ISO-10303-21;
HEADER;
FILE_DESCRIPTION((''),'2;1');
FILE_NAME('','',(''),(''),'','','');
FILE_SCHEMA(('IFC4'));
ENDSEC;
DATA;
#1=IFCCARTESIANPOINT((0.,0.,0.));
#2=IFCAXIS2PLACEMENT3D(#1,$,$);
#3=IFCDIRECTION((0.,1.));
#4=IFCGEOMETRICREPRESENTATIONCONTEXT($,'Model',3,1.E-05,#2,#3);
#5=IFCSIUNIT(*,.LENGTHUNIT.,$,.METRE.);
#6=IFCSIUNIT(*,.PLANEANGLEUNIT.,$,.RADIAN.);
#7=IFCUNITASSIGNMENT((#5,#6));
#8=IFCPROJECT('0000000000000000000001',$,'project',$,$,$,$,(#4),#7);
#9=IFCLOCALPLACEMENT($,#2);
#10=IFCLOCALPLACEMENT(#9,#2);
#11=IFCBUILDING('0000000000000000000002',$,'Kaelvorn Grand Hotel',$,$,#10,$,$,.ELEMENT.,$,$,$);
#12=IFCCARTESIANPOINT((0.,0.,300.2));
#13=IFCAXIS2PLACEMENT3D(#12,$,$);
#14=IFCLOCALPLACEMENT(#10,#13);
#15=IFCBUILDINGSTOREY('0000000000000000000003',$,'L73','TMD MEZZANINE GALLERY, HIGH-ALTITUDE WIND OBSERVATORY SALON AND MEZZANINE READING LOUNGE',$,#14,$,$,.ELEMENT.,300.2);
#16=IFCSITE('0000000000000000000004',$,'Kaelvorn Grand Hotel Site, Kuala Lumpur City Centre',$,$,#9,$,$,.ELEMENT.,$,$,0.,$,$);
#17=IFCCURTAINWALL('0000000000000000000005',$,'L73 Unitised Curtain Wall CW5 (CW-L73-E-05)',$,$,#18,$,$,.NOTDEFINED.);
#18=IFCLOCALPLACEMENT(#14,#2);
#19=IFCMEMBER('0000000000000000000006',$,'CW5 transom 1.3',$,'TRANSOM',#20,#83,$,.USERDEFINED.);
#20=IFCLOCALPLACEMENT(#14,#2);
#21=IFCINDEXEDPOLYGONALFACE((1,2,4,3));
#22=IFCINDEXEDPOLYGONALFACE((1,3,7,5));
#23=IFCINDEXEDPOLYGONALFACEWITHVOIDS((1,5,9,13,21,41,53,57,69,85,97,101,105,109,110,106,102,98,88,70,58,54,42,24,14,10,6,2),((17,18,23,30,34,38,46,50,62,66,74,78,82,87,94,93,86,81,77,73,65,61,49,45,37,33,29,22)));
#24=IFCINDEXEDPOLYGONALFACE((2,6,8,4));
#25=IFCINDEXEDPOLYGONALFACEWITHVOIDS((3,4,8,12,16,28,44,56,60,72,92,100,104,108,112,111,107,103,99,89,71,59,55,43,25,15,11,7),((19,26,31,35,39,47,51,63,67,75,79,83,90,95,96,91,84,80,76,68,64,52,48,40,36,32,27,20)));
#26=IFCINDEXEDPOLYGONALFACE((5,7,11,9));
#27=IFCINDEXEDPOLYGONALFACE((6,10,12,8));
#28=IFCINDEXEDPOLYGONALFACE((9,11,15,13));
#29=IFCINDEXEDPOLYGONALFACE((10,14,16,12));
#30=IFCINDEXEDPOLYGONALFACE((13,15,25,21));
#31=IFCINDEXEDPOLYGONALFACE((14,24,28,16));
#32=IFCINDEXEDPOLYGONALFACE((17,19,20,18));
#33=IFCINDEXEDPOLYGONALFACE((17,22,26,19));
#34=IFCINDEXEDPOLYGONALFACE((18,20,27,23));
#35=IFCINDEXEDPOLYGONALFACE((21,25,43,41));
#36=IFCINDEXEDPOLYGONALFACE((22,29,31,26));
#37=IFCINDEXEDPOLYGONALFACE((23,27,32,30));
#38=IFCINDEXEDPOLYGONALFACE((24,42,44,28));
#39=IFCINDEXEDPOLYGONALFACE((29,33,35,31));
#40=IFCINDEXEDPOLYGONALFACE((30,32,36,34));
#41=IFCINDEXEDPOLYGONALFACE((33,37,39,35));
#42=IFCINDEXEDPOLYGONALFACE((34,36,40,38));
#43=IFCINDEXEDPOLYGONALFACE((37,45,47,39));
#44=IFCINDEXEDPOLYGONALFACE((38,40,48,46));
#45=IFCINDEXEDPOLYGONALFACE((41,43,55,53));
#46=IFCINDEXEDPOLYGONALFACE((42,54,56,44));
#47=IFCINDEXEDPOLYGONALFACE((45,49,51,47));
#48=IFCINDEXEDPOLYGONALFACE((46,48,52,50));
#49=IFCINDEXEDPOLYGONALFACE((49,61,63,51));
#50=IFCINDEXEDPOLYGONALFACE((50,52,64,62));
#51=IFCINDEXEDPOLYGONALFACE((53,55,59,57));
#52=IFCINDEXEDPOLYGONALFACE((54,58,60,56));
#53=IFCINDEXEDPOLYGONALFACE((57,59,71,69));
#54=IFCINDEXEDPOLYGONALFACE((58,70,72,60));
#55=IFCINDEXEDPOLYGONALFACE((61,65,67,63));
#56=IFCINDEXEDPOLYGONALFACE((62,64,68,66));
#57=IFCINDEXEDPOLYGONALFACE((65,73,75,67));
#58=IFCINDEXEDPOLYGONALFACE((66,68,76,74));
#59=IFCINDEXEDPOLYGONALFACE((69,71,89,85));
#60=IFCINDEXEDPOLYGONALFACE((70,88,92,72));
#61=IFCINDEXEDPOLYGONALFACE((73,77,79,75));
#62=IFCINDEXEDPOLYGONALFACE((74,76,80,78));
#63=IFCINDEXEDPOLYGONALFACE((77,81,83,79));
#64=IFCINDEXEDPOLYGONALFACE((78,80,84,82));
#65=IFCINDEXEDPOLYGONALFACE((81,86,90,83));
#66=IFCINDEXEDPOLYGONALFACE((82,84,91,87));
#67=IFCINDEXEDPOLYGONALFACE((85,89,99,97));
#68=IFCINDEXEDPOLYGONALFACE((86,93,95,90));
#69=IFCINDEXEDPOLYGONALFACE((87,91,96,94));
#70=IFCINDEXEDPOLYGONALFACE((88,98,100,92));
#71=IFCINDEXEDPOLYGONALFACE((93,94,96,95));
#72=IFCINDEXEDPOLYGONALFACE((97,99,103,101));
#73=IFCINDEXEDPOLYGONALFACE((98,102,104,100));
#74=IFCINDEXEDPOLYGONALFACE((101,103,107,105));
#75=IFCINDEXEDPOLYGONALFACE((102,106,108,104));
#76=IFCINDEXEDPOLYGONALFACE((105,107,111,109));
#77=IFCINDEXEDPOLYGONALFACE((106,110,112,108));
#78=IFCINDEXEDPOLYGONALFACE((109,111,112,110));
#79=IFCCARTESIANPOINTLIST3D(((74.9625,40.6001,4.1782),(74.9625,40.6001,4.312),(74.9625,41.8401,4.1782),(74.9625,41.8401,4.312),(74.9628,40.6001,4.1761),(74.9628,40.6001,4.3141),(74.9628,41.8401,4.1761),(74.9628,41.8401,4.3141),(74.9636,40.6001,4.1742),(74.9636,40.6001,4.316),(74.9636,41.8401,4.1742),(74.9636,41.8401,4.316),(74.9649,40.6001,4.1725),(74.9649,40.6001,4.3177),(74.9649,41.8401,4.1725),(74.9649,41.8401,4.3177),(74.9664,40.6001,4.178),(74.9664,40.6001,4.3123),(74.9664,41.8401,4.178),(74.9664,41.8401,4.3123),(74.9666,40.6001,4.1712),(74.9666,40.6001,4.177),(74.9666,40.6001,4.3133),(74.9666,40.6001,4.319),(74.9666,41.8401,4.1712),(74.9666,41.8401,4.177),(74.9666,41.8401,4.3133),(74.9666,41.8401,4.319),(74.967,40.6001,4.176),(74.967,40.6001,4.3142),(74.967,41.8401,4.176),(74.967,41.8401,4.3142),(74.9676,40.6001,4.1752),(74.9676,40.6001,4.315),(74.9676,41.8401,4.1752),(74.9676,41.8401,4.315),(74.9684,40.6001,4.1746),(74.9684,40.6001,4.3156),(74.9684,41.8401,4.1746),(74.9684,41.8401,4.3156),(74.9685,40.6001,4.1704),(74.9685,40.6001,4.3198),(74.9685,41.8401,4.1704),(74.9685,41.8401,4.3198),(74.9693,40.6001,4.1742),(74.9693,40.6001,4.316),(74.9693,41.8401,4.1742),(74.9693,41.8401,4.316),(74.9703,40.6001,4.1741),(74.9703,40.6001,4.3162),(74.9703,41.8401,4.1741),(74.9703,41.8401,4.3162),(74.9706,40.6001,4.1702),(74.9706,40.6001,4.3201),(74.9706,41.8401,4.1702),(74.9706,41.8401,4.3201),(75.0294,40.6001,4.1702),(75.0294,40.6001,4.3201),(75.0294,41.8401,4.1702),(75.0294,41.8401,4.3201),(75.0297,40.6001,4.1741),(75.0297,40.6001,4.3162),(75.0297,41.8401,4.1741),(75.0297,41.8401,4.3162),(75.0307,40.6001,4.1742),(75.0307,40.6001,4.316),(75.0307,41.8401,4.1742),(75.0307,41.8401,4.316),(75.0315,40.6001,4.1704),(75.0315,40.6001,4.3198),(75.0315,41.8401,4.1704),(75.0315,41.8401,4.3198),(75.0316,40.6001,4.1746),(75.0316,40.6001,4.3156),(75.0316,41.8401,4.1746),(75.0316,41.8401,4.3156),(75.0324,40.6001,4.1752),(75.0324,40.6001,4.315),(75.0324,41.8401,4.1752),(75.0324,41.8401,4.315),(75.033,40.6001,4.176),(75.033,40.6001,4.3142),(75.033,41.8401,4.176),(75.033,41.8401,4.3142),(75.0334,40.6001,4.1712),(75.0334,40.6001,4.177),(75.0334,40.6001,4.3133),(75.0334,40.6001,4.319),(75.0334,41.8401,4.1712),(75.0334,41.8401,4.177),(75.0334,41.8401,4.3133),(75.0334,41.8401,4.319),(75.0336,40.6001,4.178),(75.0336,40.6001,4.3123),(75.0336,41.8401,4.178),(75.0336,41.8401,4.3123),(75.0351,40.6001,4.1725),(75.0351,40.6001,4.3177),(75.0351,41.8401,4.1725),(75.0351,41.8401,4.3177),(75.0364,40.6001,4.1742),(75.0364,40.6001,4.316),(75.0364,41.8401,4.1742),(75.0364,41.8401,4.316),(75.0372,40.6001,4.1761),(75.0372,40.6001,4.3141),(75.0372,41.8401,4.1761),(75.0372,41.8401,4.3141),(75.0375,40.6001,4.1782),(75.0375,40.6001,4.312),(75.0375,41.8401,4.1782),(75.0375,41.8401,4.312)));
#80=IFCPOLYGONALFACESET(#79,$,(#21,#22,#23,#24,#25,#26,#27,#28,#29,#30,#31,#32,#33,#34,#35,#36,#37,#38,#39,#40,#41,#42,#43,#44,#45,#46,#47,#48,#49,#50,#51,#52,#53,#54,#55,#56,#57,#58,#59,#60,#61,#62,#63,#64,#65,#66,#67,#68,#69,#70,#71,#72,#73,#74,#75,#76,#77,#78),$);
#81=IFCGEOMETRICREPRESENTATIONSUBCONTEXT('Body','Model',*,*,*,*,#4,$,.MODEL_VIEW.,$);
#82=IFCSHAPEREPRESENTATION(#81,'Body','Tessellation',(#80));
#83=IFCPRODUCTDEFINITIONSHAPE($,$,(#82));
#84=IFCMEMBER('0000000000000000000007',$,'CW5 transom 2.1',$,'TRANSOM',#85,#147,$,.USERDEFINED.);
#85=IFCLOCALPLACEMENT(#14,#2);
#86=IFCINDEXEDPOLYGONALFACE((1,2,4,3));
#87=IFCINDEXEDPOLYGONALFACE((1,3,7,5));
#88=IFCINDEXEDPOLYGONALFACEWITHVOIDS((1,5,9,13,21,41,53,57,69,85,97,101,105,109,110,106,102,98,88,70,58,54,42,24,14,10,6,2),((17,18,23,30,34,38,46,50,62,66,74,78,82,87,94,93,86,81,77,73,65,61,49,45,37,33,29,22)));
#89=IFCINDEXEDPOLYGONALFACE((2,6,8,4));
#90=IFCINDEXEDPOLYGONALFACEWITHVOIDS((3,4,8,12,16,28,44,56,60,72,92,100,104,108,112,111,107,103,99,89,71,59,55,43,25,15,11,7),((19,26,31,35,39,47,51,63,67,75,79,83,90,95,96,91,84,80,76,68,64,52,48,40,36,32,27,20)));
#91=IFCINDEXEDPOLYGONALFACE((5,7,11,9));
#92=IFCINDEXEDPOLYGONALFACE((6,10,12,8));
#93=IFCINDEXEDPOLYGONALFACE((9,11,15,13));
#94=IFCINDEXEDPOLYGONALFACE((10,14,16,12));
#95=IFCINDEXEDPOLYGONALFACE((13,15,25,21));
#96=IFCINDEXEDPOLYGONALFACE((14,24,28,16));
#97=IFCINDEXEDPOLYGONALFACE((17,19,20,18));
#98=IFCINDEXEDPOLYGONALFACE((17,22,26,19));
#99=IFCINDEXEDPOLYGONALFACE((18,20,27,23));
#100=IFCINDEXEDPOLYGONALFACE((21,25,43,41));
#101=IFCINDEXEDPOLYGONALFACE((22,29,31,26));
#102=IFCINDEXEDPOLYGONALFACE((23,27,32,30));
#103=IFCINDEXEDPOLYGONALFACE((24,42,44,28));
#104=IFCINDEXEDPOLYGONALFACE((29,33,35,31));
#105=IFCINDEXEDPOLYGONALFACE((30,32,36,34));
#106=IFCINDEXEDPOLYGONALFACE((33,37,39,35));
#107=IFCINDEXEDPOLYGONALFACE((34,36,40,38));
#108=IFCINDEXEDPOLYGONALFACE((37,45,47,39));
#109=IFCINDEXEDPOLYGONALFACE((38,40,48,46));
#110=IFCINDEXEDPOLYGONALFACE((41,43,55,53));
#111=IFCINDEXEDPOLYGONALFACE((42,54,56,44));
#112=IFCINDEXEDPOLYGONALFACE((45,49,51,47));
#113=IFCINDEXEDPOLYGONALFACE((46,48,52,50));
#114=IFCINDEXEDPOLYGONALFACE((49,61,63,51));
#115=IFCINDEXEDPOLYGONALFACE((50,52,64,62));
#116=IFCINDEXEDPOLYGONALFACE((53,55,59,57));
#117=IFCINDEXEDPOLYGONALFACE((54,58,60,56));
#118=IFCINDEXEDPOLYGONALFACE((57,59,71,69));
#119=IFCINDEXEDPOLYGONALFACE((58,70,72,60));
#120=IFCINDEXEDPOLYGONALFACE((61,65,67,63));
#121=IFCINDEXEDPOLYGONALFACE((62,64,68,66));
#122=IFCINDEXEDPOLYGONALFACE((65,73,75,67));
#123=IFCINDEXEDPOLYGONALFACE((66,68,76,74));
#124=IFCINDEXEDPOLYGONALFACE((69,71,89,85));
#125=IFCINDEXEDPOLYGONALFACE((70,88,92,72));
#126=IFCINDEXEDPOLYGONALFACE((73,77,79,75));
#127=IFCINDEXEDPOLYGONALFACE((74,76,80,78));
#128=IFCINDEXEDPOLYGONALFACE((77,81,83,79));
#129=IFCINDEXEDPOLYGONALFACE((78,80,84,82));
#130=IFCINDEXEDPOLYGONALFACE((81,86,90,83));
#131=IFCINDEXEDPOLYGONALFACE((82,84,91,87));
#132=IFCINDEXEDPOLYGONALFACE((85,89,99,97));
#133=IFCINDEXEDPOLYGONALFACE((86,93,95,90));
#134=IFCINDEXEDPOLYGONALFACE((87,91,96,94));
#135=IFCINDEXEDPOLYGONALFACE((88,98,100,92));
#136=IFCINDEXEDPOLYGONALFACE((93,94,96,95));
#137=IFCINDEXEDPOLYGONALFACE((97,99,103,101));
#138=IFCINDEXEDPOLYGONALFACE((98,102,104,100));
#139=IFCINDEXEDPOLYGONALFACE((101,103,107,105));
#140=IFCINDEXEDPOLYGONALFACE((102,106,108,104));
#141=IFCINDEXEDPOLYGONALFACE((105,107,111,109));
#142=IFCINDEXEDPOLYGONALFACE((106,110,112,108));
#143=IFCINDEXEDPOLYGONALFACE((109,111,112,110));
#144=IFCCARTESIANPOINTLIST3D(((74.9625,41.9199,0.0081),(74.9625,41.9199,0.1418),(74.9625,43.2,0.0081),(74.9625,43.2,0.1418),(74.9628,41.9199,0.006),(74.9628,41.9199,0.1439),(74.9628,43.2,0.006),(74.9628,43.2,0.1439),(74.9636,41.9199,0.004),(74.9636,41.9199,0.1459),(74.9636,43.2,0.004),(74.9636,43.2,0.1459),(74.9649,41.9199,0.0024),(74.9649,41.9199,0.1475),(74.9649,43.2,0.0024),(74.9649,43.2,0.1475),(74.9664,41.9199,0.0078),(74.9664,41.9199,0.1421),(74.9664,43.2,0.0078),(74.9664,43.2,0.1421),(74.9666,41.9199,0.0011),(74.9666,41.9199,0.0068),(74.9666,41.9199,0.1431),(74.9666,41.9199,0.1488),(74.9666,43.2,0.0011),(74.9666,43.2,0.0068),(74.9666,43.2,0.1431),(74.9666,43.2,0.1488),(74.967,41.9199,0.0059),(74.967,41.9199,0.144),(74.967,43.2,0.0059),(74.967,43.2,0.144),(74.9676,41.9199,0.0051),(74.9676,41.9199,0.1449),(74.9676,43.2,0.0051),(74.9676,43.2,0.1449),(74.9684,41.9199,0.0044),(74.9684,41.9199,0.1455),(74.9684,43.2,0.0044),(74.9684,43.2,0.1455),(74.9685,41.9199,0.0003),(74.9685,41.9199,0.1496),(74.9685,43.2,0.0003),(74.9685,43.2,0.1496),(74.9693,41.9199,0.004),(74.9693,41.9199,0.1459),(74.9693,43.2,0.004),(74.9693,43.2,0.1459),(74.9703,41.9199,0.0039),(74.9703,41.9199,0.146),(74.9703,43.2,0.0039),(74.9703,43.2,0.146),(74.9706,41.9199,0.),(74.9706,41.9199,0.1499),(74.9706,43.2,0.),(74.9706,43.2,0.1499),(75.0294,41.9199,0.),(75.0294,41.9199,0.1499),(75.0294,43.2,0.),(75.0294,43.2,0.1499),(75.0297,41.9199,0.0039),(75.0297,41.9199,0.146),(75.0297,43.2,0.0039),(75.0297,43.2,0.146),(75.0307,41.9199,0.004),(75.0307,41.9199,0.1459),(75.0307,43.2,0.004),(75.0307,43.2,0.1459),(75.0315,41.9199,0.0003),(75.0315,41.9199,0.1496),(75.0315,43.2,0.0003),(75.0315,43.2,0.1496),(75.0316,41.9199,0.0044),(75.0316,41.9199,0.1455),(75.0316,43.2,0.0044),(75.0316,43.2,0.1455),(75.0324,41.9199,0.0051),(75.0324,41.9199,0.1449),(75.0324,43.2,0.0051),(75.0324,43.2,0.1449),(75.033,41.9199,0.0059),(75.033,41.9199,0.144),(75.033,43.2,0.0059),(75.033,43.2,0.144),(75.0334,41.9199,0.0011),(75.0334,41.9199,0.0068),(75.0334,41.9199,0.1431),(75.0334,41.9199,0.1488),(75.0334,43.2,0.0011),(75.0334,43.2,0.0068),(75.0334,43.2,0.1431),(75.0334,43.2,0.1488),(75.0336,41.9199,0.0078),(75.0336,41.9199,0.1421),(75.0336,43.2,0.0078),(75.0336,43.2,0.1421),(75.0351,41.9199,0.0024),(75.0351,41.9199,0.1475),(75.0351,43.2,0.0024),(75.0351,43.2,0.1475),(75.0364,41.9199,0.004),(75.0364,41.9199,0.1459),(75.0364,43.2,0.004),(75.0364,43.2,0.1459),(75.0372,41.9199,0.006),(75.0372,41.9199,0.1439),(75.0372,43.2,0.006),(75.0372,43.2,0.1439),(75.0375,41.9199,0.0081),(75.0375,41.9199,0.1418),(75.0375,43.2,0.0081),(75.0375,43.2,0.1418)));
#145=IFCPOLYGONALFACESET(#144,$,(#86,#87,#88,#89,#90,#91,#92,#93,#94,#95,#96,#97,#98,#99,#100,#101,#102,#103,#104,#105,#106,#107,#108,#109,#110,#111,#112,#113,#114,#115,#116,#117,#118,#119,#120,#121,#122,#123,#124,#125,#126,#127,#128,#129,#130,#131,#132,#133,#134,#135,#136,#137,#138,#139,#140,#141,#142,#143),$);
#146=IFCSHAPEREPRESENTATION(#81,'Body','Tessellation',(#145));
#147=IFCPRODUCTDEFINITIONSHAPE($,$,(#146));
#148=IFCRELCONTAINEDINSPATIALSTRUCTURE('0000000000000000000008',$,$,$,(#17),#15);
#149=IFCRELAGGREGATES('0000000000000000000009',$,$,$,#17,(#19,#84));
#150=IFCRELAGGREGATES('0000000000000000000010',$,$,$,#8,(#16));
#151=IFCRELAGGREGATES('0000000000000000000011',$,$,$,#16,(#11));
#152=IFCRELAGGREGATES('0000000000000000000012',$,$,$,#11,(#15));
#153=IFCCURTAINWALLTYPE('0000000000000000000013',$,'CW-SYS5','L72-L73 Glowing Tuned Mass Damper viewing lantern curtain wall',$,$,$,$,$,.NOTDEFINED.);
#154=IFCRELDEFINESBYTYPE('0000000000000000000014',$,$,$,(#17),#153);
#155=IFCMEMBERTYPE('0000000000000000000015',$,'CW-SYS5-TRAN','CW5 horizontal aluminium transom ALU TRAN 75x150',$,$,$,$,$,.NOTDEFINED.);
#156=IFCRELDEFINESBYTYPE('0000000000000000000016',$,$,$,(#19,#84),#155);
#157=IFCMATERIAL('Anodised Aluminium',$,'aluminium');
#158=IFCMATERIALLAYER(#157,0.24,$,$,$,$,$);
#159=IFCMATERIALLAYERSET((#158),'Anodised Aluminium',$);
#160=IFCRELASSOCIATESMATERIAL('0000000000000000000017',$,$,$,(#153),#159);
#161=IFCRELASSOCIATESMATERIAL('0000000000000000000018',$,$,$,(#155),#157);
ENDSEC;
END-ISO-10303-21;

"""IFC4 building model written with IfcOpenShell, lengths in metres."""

from ifc_helpers import new_model, si_unit, direction, frame, origin, origin_2d, place, context, subcontext, project, spatial, hollow_rectangle, extrude, material, layer, layer_set, material_profile, profile_set, type_object, element, aggregate, save


model = new_model("IFC4")

# Units and contexts
model_context = context("Model", 3, precision=1e-05, world=origin(), true_north=direction((0.0, 1.0)))
body_context = subcontext(model_context, "Body", "Model", "MODEL_VIEW")
ifc_project = project(units=[si_unit("LENGTHUNIT", "METRE"), si_unit("PLANEANGLEUNIT", "RADIAN")], contexts=[model_context])

# Site, building, storey
site_placement = place(None, origin())
site = spatial("IfcSite", under=ifc_project, at=site_placement, Name="Kaelvorn Grand Hotel Site, Kuala Lumpur City Centre", CompositionType="ELEMENT", RefElevation=0.0)
building_placement = place(site_placement, origin())
building = spatial("IfcBuilding", under=site, at=building_placement, Name="Kaelvorn Grand Hotel", CompositionType="ELEMENT")
storey_placement = place(building_placement, frame((0.0, 0.0, 300.2)))
storey = spatial("IfcBuildingStorey", under=building, at=storey_placement, Name="L73", Description="TMD MEZZANINE GALLERY, HIGH-ALTITUDE WIND OBSERVATORY SALON AND MEZZANINE READING LOUNGE", CompositionType="ELEMENT", Elevation=300.2)

# Curtain wall, members
ifc_material_1 = material(Name="Anodised Aluminium", Category="aluminium")
ifc_layer_1 = layer(ifc_material_1, 0.24)
ifc_layer_set_1 = layer_set([ifc_layer_1], Name="Anodised Aluminium")
curtain_wall_type = type_object("IfcCurtainWallType", Name="CW-SYS5", Description="L72-L73 Glowing Tuned Mass Damper viewing lantern curtain wall", PredefinedType="NOTDEFINED", material=ifc_layer_set_1)
curtain_wall_placement = place(storey_placement, origin())
curtain_wall = element("IfcCurtainWall", 1, at=curtain_wall_placement, inside=storey, type_object=curtain_wall_type, Name="L73 Unitised Curtain Wall CW5 (CW-L73-E-05)", PredefinedType="NOTDEFINED")
ifc_material_profile_1 = material_profile(ifc_material_1, hollow_rectangle(XDim=0.075, YDim=0.1499, WallThickness=0.0039, InnerFilletRadius=0.0039, OuterFilletRadius=0.0081, at=origin_2d()), Name="ALU TRAN 75x150")
ifc_profile_set_1 = profile_set([ifc_material_profile_1], Name="Anodised Aluminium")
member_type_1 = type_object("IfcMemberType", Name="CW-SYS5-TRAN", Description="CW5 horizontal aluminium transom ALU TRAN 75x150", PredefinedType="NOTDEFINED", material=ifc_profile_set_1)
member_1_placement = place(storey_placement, frame((75.0, 40.6001, 4.2451), z_axis=(0.0, 1.0, 0.0), x_axis=(-1.0, 0.0, 0.0)))
member_1 = element("IfcMember", 2, at=member_1_placement, type_object=member_type_1, Name="CW5 transom 1.3", ObjectType="TRANSOM", PredefinedType="USERDEFINED", context=body_context, shape_type="SweptSolid", body=[
    extrude(hollow_rectangle(XDim=0.075, YDim=0.1499, WallThickness=0.0039, InnerFilletRadius=0.0039, OuterFilletRadius=0.0081, at=origin_2d()), origin(), (0.0, 0.0, 1.0), 1.24),
])
member_2_placement = place(storey_placement, frame((75.0, 41.9199, 0.075), z_axis=(0.0, 1.0, 0.0), x_axis=(-1.0, 0.0, 0.0)))
member_2 = element("IfcMember", 3, at=member_2_placement, type_object=member_type_1, Name="CW5 transom 2.1", ObjectType="TRANSOM", PredefinedType="USERDEFINED", context=body_context, shape_type="SweptSolid", body=[
    extrude(hollow_rectangle(XDim=0.075, YDim=0.1499, WallThickness=0.0039, InnerFilletRadius=0.0039, OuterFilletRadius=0.0081, at=origin_2d()), origin(), (0.0, 0.0, 1.0), 1.28),
])
aggregate(curtain_wall, [member_1, member_2])

save(model, "model.ifc")
